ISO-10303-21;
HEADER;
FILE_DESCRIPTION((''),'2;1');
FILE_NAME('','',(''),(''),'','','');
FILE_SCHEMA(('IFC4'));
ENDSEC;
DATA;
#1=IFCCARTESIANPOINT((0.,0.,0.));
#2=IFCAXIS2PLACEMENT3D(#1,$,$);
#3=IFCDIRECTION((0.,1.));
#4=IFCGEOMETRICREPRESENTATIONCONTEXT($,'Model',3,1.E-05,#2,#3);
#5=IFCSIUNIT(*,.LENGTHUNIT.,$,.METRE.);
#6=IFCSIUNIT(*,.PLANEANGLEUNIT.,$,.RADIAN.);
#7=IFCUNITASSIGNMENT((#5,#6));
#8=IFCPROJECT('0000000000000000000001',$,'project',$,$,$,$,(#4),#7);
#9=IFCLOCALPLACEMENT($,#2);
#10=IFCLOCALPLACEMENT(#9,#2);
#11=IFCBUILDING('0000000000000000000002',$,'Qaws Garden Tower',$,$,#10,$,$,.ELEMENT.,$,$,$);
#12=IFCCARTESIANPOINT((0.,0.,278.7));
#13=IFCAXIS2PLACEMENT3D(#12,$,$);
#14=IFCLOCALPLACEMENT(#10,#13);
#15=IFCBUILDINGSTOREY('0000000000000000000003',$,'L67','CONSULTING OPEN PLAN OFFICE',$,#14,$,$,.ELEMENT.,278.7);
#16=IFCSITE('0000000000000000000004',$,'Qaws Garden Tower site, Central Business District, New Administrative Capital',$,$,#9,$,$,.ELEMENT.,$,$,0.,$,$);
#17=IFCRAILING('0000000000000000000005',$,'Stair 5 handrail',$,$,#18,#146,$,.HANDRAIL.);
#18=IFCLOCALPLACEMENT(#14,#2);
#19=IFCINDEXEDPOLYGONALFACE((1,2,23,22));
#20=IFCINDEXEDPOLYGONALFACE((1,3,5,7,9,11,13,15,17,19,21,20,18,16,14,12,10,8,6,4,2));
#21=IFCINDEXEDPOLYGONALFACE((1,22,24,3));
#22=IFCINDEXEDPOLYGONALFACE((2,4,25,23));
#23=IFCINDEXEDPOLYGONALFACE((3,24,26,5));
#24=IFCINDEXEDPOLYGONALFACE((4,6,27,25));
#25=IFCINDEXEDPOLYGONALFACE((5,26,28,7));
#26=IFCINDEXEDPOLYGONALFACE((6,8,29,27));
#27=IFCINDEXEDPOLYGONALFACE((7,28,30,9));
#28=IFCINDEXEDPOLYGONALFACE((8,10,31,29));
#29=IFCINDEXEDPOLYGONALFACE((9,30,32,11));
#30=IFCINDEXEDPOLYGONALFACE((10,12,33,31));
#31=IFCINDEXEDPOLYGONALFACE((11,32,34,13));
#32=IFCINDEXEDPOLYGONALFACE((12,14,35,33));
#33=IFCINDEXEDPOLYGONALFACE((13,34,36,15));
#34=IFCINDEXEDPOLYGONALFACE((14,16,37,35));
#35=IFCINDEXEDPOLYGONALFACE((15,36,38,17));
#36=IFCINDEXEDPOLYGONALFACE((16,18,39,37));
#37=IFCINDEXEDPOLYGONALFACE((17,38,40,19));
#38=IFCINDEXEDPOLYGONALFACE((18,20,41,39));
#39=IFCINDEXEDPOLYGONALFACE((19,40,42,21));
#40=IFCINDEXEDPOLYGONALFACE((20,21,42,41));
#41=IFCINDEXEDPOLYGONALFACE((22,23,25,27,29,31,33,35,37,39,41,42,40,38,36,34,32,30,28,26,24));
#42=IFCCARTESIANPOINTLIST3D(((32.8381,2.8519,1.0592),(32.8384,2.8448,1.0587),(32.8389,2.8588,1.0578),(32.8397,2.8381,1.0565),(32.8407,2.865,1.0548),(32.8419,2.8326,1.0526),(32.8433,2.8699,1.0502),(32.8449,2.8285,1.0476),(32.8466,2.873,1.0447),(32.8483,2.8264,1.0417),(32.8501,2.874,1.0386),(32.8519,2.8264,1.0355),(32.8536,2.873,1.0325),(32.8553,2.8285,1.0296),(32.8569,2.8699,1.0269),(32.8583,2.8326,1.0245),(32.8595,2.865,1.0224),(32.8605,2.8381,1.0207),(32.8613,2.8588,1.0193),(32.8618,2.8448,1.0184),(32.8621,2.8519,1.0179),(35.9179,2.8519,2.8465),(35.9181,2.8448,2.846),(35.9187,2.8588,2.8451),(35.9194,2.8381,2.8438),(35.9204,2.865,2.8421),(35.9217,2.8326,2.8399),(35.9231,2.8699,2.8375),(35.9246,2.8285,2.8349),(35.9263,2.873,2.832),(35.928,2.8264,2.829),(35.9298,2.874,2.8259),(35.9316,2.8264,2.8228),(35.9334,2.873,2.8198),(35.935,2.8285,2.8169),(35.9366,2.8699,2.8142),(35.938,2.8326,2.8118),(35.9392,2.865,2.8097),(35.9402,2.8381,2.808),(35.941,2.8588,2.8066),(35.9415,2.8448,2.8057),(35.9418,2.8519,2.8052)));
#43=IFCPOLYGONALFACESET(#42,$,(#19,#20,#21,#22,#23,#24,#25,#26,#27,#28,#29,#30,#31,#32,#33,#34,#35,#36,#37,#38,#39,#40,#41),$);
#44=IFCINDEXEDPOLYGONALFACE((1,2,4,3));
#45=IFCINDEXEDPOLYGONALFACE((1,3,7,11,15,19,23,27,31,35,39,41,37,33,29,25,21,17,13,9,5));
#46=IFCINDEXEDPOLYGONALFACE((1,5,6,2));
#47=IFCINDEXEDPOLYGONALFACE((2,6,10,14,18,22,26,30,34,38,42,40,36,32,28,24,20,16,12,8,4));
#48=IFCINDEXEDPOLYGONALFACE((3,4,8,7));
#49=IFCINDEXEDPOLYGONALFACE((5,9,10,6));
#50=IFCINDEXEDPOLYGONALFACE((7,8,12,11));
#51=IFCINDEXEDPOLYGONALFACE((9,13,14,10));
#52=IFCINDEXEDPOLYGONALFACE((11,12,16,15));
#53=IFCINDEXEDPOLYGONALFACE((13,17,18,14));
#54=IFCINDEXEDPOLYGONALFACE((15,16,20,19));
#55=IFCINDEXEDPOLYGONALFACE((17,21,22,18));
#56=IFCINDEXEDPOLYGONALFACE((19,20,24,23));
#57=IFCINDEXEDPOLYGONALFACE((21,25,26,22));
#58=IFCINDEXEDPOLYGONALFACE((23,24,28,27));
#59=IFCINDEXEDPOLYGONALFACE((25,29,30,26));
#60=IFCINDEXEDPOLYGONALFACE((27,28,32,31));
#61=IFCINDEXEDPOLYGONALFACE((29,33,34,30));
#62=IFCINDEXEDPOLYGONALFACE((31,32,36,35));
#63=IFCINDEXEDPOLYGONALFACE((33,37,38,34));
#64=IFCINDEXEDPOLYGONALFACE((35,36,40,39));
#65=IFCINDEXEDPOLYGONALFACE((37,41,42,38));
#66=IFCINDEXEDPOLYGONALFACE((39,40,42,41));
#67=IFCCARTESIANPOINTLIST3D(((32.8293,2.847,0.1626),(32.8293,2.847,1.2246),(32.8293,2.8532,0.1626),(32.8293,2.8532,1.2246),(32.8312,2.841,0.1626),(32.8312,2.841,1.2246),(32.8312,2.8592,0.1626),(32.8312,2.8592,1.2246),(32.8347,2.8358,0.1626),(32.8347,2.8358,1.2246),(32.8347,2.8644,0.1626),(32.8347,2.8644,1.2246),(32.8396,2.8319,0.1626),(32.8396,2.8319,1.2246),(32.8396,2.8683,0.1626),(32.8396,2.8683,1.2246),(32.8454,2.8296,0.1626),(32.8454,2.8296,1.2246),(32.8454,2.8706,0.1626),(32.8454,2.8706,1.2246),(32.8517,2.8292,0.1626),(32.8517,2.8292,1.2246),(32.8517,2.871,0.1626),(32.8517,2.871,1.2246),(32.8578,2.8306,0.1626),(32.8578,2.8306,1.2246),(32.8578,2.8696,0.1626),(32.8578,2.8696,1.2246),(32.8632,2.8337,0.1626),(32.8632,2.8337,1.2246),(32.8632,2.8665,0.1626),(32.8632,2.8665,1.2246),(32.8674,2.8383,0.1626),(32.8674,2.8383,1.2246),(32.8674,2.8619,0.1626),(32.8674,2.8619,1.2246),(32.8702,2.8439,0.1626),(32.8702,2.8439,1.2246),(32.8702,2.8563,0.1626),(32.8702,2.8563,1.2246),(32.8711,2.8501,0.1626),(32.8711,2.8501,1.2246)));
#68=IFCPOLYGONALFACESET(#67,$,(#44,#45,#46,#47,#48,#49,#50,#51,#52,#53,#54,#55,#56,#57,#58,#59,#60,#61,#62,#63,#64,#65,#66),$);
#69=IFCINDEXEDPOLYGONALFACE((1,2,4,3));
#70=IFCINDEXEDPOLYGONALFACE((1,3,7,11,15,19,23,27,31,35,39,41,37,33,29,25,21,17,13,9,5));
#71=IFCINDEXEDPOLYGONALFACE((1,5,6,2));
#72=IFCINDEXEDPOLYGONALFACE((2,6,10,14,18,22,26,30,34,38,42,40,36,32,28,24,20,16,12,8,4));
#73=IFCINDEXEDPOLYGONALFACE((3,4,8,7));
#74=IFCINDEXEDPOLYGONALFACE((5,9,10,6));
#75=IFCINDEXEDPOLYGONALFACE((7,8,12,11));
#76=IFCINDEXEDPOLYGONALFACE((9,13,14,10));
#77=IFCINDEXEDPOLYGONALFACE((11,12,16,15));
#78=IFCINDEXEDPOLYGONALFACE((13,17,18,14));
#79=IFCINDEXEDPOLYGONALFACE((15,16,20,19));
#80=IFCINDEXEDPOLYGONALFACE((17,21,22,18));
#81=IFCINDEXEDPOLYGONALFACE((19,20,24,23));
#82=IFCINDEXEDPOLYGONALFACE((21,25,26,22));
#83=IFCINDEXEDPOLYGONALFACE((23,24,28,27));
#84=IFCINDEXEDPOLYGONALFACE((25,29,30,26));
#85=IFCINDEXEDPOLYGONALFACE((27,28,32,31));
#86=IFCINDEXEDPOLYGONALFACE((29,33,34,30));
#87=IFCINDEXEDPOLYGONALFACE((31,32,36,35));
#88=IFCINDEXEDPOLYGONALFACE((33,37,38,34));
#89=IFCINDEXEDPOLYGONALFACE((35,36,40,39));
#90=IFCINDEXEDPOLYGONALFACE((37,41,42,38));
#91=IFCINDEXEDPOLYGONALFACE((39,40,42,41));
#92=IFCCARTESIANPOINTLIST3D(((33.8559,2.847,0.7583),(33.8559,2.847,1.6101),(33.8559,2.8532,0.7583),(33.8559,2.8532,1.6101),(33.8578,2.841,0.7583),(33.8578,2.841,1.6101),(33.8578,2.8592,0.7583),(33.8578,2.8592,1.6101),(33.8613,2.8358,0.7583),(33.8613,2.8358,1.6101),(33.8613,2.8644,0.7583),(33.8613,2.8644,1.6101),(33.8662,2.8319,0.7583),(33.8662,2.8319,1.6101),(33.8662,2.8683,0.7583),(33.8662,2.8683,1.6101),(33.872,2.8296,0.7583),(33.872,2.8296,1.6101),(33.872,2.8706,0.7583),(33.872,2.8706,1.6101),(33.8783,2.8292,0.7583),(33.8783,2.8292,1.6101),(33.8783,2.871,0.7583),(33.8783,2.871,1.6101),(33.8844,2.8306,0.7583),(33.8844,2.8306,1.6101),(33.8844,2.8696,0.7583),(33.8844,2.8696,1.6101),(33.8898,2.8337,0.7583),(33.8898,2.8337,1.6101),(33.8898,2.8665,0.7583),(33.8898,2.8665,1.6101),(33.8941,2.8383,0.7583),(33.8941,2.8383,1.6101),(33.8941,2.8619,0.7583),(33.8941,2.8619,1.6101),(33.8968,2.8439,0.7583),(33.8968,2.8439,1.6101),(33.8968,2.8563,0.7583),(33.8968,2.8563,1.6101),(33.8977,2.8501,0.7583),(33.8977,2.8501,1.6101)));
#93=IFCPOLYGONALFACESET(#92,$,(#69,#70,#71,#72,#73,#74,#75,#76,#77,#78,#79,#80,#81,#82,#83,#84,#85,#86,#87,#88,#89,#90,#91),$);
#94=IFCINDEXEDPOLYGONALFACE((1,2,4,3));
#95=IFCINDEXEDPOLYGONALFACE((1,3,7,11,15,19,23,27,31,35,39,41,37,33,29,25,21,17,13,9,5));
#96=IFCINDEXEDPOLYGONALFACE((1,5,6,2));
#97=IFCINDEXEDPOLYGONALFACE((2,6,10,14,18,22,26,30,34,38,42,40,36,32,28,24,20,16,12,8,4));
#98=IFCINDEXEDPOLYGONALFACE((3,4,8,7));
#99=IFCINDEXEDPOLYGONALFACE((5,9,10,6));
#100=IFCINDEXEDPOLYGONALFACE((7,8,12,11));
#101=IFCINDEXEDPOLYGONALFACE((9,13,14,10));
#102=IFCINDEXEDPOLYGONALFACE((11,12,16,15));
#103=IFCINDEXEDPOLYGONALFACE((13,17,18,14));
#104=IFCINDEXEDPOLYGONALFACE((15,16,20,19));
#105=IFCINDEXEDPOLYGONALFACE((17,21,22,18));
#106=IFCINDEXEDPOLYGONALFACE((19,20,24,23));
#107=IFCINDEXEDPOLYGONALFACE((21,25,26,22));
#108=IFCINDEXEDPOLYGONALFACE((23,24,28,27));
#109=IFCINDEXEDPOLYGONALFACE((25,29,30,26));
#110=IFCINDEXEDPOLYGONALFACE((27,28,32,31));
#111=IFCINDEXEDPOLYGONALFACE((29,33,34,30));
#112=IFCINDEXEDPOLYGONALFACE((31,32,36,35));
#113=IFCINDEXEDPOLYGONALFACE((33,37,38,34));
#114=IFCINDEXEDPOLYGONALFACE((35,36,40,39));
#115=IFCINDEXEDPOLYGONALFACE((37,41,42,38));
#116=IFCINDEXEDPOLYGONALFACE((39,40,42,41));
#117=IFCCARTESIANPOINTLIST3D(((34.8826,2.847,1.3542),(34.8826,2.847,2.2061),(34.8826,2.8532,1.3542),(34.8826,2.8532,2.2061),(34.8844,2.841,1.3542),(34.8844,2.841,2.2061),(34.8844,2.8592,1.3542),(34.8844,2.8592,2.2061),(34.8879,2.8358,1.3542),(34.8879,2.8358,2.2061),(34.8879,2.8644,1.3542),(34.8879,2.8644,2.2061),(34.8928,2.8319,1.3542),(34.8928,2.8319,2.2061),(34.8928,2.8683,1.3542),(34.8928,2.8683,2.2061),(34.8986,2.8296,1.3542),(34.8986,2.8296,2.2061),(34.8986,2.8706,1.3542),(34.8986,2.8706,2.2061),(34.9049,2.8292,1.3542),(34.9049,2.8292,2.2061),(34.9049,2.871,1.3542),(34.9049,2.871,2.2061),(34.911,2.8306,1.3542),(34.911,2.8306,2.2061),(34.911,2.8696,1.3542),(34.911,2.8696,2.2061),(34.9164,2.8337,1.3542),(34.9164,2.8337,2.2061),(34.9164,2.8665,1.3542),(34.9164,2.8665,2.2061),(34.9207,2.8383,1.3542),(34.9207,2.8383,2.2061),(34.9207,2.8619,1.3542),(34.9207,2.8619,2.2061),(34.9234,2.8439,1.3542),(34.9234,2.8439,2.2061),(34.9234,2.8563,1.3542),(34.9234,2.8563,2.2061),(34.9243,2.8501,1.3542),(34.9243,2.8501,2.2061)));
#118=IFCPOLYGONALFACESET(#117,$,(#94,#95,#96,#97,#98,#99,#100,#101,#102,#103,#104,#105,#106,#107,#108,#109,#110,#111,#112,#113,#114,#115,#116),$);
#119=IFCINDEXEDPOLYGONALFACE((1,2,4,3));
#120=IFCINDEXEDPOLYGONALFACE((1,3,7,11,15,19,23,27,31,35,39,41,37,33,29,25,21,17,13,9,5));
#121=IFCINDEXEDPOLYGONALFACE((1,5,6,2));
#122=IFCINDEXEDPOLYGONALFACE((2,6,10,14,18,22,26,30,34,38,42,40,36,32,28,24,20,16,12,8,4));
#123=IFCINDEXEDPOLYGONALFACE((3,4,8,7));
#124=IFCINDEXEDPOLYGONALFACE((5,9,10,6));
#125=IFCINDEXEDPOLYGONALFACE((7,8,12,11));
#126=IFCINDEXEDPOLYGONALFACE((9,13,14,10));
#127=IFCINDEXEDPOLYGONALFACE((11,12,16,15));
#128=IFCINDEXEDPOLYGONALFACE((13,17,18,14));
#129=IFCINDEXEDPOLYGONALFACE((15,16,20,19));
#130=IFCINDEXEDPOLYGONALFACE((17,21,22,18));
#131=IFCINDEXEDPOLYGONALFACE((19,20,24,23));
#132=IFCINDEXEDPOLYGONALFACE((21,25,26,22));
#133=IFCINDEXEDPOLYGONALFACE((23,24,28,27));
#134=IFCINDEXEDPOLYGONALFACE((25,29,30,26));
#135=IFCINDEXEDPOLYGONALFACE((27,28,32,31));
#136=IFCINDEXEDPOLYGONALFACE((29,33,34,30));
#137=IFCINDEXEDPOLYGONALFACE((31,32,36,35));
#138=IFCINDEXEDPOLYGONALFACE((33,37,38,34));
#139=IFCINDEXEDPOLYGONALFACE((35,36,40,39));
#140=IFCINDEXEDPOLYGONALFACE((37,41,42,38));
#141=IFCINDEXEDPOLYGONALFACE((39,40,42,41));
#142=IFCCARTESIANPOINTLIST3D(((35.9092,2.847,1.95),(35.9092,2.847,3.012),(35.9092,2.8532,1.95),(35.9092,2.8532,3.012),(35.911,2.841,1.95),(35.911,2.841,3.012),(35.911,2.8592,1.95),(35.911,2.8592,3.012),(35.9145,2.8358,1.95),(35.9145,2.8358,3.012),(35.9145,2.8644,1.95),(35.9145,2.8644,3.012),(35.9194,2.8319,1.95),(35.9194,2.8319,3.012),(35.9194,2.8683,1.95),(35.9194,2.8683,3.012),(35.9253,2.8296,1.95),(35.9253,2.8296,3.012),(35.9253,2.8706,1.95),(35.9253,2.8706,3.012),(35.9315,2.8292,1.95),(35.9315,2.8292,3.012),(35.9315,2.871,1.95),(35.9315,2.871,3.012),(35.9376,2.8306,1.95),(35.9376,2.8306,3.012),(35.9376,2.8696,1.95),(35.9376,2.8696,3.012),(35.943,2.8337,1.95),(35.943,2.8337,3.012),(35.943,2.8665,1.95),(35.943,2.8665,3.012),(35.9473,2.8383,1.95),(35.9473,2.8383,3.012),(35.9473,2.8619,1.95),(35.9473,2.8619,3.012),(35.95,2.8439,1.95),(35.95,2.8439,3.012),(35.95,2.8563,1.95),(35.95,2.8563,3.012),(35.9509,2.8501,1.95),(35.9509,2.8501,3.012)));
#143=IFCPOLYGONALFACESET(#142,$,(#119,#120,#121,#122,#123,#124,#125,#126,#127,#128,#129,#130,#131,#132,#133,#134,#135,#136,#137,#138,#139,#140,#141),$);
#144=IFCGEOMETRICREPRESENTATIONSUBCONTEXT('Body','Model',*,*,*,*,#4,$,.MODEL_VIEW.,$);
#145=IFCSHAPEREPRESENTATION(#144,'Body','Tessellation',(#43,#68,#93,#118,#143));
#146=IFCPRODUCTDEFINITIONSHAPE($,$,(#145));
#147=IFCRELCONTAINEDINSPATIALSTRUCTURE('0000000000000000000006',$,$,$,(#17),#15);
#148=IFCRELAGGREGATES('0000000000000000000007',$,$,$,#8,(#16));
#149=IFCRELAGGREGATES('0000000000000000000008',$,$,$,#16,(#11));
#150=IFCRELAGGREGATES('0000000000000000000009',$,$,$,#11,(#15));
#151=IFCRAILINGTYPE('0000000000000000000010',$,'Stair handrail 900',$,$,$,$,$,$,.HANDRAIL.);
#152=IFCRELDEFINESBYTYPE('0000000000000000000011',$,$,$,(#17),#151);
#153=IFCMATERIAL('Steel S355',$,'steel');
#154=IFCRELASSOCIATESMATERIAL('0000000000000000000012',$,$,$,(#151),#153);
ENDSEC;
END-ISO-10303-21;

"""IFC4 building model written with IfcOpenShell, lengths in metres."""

from ifc_helpers import new_model, si_unit, direction, frame, origin, origin_2d, place, context, subcontext, project, spatial, circle, extrude, material, type_object, element, save


model = new_model("IFC4")

# Units and contexts
model_context = context("Model", 3, precision=1e-05, world=origin(), true_north=direction((0.0, 1.0)))
body_context = subcontext(model_context, "Body", "Model", "MODEL_VIEW")
ifc_project = project(units=[si_unit("LENGTHUNIT", "METRE"), si_unit("PLANEANGLEUNIT", "RADIAN")], contexts=[model_context])

# Site, building, storey
site_placement = place(None, origin())
site = spatial("IfcSite", under=ifc_project, at=site_placement, Name="Qaws Garden Tower site, Central Business District, New Administrative Capital", CompositionType="ELEMENT", RefElevation=0.0)
building_placement = place(site_placement, origin())
building = spatial("IfcBuilding", under=site, at=building_placement, Name="Qaws Garden Tower", CompositionType="ELEMENT")
storey_placement = place(building_placement, frame((0.0, 0.0, 278.7)))
storey = spatial("IfcBuildingStorey", under=building, at=storey_placement, Name="L67", Description="CONSULTING OPEN PLAN OFFICE", CompositionType="ELEMENT", Elevation=278.7)

# Railing
ifc_material_1 = material(Name="Steel S355", Category="steel")
railing_type = type_object("IfcRailingType", Name="Stair handrail 900", PredefinedType="HANDRAIL", material=ifc_material_1)
railing_1_placement = place(storey_placement, frame((32.8501, 2.8501, 0.1626)))
element("IfcRailing", 1, at=railing_1_placement, inside=storey, type_object=railing_type, Name="Stair 5 handrail", PredefinedType="HANDRAIL", context=body_context, shape_type="SweptSolid", body=[
    extrude(circle(Radius=0.0239, at=origin_2d()), frame((0.0, 0.0, 0.876), z_axis=(0.864903, 0.0, 0.501939), x_axis=(0.0, 1.0, 0.0)), (0.0, 0.0, 1.0), 3.5608),
    extrude(circle(Radius=0.021, at=origin_2d()), origin(), (0.0, 0.0, 1.0), 1.062),
    extrude(circle(Radius=0.021, at=origin_2d()), frame((1.0266, 0.0, 0.5957)), (0.0, 0.0, 1.0), 0.8518),
    extrude(circle(Radius=0.021, at=origin_2d()), frame((2.0532, 0.0, 1.1917)), (0.0, 0.0, 1.0), 0.8518),
    extrude(circle(Radius=0.021, at=origin_2d()), frame((3.0798, 0.0, 1.7874)), (0.0, 0.0, 1.0), 1.062),
])

save(model, "model.ifc")
